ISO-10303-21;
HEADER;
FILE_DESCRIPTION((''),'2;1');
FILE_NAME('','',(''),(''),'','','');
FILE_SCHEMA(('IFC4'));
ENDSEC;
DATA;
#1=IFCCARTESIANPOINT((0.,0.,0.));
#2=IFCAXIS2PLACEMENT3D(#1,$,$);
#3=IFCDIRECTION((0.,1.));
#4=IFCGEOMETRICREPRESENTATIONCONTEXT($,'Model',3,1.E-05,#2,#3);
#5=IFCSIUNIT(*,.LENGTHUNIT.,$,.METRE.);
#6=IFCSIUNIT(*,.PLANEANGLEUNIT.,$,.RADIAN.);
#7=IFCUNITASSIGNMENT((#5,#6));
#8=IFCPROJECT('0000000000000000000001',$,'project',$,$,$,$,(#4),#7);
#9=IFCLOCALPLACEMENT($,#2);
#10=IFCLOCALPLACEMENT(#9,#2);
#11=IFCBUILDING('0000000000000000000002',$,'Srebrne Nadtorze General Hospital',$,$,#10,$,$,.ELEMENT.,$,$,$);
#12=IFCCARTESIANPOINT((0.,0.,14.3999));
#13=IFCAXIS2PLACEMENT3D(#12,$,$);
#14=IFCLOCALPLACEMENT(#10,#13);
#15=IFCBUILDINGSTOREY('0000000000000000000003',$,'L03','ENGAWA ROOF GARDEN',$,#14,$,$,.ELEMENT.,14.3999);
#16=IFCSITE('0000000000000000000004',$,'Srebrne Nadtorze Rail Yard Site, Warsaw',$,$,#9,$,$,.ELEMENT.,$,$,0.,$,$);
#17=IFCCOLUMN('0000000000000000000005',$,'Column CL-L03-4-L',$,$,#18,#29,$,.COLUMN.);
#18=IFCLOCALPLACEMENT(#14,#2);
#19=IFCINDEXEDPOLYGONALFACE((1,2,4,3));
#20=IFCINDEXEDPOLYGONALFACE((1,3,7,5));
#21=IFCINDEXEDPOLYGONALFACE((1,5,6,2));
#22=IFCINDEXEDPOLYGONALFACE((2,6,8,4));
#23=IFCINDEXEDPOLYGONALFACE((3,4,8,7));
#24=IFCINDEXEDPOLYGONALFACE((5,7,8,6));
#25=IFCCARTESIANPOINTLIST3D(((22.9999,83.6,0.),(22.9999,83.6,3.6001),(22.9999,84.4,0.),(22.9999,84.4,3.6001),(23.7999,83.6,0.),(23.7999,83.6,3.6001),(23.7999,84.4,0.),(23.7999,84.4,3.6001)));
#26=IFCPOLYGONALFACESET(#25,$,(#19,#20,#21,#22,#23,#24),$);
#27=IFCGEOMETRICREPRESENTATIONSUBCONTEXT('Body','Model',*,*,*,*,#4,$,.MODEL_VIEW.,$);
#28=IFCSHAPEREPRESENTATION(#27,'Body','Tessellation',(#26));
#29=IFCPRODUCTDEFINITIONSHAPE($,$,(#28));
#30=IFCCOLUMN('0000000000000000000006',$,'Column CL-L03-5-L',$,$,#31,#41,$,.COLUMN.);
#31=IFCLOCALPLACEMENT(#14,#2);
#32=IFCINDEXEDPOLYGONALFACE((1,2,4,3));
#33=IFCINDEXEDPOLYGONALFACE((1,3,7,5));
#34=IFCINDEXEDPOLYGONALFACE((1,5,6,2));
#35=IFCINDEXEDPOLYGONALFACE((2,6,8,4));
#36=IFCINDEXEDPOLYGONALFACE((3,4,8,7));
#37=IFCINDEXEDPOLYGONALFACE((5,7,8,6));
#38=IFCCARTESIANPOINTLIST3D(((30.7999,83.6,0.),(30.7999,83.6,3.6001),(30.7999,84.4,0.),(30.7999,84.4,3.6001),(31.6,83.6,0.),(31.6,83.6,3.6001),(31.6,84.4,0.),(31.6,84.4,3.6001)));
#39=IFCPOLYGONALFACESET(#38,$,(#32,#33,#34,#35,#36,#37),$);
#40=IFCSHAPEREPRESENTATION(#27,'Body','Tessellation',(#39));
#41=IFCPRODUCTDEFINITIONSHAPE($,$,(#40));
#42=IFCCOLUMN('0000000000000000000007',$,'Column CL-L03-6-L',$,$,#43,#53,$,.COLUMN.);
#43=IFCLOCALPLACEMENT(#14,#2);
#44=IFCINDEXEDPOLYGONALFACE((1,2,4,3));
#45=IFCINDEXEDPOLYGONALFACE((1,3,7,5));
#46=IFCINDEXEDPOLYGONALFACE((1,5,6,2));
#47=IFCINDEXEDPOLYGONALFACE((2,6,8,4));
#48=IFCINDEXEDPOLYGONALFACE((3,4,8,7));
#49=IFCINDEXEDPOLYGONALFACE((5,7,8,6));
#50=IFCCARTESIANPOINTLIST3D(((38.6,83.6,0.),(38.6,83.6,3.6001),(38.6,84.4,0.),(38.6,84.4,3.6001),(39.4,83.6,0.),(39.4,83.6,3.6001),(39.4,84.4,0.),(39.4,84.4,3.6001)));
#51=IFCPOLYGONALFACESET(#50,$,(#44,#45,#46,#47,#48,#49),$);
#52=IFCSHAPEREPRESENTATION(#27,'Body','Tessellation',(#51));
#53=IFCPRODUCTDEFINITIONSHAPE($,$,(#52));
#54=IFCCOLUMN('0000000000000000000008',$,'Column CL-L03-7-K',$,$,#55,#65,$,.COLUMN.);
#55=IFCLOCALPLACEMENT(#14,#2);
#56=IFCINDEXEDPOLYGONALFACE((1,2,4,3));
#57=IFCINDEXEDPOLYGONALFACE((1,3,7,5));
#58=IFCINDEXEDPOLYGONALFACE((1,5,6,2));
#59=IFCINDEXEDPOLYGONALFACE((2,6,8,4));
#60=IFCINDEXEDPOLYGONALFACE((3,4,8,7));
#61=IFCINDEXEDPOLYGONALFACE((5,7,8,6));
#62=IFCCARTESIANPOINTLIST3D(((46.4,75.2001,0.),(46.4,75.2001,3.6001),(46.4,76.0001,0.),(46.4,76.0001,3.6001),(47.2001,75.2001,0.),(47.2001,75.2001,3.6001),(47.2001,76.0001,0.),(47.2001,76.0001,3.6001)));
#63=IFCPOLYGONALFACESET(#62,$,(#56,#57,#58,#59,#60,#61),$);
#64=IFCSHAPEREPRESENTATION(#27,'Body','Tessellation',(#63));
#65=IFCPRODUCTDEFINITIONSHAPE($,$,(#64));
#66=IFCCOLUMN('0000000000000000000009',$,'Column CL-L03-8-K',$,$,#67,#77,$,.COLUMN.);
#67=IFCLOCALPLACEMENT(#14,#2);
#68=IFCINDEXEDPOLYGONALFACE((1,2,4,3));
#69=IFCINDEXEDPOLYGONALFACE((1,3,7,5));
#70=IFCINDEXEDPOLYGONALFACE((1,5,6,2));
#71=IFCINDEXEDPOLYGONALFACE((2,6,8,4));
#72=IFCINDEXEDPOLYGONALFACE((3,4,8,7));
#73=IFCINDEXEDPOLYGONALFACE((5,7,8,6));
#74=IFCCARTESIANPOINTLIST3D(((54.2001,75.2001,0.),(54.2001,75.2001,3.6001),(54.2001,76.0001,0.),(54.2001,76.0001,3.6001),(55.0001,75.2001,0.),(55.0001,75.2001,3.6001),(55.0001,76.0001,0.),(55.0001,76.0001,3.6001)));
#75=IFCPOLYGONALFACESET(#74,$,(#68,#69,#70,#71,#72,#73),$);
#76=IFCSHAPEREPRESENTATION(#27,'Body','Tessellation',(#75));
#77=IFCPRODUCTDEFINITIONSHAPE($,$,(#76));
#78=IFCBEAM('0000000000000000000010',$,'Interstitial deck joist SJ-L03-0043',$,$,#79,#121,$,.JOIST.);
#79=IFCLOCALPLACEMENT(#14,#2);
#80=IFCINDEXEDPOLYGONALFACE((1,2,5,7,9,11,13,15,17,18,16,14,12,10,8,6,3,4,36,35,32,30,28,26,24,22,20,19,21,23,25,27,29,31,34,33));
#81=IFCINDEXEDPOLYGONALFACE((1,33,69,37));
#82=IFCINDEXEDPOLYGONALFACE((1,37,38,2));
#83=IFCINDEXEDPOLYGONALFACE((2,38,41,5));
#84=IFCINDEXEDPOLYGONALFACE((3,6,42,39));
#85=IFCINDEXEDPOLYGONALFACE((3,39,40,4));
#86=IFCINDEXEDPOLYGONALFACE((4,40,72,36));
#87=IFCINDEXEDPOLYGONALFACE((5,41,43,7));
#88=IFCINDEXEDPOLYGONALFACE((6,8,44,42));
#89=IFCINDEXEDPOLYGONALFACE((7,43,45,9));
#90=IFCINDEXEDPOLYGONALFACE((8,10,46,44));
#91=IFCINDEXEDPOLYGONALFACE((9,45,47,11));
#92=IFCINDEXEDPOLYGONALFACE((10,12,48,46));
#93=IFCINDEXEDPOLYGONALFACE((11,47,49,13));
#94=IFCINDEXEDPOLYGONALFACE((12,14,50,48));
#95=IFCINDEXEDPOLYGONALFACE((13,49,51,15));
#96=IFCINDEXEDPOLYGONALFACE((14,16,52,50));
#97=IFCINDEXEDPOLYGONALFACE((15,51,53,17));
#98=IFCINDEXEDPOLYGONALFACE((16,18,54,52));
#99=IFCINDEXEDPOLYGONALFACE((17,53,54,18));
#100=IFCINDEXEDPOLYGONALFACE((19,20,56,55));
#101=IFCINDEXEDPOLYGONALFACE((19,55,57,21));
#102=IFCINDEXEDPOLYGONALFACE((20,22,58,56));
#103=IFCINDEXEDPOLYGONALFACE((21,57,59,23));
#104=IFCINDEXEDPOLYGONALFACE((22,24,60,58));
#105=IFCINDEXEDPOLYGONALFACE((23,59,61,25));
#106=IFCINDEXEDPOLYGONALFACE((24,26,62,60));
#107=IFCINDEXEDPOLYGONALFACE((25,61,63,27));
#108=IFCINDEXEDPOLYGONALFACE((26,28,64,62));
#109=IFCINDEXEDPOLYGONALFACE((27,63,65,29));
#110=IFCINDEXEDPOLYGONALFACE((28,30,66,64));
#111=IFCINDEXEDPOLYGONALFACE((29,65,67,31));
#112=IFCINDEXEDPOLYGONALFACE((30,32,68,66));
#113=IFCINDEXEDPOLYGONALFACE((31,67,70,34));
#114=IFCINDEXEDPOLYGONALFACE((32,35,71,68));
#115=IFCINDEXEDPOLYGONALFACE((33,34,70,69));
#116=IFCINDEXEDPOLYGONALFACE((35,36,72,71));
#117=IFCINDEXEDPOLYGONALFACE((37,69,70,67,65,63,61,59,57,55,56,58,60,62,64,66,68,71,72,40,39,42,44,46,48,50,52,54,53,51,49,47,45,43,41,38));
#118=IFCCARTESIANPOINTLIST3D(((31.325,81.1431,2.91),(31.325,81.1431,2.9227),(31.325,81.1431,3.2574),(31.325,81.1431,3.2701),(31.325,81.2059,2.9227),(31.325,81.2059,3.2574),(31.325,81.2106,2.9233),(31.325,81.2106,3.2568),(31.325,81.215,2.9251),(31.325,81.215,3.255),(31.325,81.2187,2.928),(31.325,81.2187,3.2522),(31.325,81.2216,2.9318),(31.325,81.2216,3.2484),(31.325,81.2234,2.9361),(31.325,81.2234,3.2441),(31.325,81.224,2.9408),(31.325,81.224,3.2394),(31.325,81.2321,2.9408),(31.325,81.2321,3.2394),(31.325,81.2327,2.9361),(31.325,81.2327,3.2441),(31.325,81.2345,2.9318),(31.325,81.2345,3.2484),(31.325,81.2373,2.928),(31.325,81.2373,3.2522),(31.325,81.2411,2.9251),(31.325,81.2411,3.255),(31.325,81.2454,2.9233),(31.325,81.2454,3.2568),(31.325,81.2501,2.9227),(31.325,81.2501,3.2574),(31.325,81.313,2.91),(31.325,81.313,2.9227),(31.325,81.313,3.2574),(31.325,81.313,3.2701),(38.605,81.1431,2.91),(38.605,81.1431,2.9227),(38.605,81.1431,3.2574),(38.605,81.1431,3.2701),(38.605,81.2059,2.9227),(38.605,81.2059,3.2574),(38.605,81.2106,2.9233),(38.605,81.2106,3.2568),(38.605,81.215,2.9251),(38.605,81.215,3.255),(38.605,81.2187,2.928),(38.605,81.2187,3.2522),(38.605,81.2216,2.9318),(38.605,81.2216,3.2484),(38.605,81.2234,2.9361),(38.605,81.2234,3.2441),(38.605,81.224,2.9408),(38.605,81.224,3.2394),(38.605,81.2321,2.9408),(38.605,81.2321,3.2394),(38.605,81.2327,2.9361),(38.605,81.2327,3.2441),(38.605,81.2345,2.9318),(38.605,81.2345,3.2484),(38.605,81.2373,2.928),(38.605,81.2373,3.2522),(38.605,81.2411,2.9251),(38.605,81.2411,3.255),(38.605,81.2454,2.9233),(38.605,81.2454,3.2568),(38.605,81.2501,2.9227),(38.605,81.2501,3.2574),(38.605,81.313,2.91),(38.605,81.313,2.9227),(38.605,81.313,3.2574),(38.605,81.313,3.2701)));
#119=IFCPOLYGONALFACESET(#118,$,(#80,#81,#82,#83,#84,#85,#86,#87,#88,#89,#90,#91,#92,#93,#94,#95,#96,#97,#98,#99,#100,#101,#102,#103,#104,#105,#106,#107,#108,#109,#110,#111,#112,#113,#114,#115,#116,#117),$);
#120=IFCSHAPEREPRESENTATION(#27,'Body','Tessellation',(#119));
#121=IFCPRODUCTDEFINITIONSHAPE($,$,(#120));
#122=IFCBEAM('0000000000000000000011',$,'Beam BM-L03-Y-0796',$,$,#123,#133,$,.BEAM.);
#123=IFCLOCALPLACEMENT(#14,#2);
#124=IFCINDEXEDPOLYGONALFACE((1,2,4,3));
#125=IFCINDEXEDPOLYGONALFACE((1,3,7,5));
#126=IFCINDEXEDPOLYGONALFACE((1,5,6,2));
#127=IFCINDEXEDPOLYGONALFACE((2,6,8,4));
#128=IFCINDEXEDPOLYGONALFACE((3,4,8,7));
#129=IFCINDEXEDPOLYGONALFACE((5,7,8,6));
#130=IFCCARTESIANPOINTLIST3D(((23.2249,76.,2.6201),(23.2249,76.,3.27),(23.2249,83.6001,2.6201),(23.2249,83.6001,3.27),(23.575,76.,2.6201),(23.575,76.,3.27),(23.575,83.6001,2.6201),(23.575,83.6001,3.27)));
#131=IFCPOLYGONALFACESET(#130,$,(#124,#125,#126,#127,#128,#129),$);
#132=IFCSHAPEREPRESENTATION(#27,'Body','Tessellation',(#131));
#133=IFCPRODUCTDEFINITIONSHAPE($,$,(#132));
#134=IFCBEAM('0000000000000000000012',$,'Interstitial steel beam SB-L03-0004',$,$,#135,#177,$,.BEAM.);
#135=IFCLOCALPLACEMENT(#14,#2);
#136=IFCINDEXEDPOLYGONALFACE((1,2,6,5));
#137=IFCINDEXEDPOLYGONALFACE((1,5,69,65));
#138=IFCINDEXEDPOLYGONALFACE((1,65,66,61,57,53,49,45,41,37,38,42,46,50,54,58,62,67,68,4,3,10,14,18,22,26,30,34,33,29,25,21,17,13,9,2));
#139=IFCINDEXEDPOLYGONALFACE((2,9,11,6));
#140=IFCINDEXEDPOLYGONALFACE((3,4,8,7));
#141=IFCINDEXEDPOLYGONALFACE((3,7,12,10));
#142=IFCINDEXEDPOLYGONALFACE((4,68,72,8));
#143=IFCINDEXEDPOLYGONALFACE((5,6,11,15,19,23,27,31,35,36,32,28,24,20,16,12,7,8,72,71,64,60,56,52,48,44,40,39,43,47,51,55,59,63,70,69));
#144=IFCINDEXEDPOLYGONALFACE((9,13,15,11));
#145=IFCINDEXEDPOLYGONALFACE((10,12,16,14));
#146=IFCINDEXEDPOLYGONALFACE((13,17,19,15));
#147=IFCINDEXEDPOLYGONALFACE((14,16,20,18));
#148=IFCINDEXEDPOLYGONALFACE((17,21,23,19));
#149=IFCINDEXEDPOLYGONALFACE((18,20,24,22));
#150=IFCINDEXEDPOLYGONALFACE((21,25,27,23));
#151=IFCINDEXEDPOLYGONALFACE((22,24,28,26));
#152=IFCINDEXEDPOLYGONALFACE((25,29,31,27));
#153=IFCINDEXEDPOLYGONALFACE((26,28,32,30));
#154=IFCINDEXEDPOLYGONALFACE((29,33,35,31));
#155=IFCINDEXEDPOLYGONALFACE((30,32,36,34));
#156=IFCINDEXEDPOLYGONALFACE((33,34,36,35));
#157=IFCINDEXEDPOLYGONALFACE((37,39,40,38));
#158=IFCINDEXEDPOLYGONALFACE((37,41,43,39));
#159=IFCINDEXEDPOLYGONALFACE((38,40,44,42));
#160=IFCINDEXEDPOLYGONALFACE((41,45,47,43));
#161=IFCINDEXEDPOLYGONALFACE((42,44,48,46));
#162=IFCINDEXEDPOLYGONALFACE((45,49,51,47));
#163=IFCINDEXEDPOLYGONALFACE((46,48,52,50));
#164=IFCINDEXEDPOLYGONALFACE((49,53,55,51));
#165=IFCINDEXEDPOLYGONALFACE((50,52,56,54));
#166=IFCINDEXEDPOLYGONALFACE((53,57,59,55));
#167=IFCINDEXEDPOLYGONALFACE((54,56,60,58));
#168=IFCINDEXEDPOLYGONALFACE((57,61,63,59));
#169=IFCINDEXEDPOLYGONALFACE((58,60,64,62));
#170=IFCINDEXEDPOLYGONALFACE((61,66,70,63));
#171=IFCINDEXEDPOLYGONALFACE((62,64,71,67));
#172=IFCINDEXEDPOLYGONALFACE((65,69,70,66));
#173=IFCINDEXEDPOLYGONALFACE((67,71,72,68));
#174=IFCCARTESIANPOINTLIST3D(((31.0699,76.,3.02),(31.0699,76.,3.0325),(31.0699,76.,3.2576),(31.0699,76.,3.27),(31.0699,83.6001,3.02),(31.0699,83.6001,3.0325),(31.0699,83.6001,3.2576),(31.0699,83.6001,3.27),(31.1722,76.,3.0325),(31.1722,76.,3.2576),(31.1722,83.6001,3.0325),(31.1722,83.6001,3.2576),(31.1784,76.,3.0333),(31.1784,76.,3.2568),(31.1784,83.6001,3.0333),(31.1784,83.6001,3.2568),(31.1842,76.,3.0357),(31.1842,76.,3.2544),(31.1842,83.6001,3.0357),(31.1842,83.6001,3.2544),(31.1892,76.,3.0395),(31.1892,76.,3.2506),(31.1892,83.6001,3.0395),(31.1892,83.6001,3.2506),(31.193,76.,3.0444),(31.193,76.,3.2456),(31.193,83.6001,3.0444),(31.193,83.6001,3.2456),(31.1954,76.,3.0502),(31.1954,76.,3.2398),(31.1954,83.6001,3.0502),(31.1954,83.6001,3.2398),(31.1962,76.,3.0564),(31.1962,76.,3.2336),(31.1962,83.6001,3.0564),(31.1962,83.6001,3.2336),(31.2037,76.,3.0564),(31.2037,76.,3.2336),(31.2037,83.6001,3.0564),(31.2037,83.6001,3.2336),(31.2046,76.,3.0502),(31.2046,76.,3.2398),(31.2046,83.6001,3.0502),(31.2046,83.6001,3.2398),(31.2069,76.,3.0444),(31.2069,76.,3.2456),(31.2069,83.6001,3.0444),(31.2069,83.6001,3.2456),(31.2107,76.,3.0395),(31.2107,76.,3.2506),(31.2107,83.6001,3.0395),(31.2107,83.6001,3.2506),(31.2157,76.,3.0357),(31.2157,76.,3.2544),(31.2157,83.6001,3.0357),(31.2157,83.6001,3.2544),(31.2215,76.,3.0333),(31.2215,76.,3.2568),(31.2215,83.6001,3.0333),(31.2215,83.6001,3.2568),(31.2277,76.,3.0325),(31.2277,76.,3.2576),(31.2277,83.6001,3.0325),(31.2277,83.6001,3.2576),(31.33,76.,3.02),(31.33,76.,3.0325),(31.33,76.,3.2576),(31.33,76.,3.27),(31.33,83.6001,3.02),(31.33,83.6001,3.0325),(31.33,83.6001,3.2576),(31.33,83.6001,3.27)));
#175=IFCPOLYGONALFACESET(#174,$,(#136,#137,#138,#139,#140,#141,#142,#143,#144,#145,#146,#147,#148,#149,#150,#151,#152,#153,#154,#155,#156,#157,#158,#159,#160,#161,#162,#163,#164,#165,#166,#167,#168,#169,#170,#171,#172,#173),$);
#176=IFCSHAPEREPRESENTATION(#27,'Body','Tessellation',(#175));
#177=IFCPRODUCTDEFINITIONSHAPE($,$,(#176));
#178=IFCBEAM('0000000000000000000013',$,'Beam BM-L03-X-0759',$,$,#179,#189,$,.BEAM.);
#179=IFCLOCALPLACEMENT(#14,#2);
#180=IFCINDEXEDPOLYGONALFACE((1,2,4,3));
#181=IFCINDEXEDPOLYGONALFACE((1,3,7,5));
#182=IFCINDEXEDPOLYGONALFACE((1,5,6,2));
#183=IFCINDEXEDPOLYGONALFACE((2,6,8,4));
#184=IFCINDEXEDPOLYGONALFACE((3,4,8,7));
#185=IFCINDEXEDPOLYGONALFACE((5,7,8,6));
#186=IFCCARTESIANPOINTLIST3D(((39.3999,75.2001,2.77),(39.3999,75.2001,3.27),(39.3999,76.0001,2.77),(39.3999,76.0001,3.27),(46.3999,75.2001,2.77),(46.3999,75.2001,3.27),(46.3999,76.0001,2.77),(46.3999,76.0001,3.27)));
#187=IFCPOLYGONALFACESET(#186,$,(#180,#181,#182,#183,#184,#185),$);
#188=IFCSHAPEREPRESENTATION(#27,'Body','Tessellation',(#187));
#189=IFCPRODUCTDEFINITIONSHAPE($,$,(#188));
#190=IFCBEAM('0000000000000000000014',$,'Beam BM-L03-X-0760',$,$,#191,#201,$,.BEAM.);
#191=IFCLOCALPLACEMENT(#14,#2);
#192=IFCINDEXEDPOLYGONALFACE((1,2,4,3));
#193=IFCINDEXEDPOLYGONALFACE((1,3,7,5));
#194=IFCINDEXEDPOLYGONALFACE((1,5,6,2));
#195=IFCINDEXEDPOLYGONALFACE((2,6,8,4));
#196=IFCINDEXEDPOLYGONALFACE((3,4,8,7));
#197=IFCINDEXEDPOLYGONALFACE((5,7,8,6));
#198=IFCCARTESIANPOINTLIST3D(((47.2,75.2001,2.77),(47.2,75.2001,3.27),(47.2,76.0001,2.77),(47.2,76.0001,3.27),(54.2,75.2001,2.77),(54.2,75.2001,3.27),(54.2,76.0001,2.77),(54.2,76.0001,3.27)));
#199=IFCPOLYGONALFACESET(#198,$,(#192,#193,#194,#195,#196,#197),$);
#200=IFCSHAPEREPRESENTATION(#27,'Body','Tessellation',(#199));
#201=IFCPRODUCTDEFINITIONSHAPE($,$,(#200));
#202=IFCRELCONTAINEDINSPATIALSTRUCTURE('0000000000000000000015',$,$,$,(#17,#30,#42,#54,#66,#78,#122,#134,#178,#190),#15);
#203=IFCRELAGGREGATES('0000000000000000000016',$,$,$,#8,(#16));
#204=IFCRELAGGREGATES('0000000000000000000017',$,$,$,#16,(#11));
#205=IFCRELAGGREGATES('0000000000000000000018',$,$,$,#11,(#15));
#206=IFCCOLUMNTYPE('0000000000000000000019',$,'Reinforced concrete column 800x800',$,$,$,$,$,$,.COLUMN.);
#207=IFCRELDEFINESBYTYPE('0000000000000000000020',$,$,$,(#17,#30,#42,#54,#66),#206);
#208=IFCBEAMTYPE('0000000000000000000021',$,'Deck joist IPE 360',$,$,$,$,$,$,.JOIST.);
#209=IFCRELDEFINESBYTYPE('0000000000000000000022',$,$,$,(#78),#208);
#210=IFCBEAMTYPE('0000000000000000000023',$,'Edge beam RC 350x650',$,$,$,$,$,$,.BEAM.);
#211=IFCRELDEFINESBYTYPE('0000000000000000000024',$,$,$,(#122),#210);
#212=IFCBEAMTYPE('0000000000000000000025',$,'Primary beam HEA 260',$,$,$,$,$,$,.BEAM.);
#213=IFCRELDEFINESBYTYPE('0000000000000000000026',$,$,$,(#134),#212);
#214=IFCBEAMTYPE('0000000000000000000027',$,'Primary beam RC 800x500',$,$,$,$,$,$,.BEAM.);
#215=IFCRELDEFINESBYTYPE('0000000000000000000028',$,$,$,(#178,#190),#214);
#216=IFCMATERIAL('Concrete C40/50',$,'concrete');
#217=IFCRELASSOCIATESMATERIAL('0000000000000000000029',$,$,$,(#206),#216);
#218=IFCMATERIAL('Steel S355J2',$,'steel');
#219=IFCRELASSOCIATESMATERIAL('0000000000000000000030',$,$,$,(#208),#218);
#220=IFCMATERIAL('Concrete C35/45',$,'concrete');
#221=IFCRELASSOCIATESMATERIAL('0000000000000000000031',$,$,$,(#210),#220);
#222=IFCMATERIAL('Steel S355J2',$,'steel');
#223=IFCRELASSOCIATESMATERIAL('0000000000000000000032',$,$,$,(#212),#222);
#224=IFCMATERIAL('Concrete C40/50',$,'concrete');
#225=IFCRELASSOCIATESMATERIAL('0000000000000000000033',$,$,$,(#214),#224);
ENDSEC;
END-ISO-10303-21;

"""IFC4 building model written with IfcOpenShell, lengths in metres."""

from ifc_helpers import new_model, si_unit, direction, frame, origin, origin_2d, place, context, subcontext, project, spatial, rectangle, i_section, extrude, material, material_profile, profile_set, type_object, element, save


model = new_model("IFC4")

# Units and contexts
model_context = context("Model", 3, precision=1e-05, world=origin(), true_north=direction((0.0, 1.0)))
body_context = subcontext(model_context, "Body", "Model", "MODEL_VIEW")
ifc_project = project(units=[si_unit("LENGTHUNIT", "METRE"), si_unit("PLANEANGLEUNIT", "RADIAN")], contexts=[model_context])

# Site, building, storey
site_placement = place(None, origin())
site = spatial("IfcSite", under=ifc_project, at=site_placement, Name="Srebrne Nadtorze Rail Yard Site, Warsaw", CompositionType="ELEMENT", RefElevation=0.0)
building_placement = place(site_placement, origin())
building = spatial("IfcBuilding", under=site, at=building_placement, Name="Srebrne Nadtorze General Hospital", CompositionType="ELEMENT")
storey_placement = place(building_placement, frame((0.0, 0.0, 14.3999)))
storey = spatial("IfcBuildingStorey", under=building, at=storey_placement, Name="L03", Description="ENGAWA ROOF GARDEN", CompositionType="ELEMENT", Elevation=14.3999)

# Columns
ifc_material_1 = material(Name="Concrete C40/50", Category="concrete")
ifc_material_profile_1 = material_profile(ifc_material_1, rectangle(XDim=0.8, YDim=0.8, at=origin_2d()), Name="RC-COL-800x800")
ifc_profile_set_1 = profile_set([ifc_material_profile_1], Name="Concrete C40/50")
column_type = type_object("IfcColumnType", Name="Reinforced concrete column 800x800", PredefinedType="COLUMN", material=ifc_profile_set_1)
for number, where, z_axis, x_axis, name in (
    (1, (23.3999, 84.0, 0.0), (0.0, 0.0, 1.0), (1.0, 0.0, 0.0), "Column CL-L03-4-L"),
    (2, (31.2, 84.0, 0.0), (0.0, 0.0, 1.0), (1.0, 0.0, 0.0), "Column CL-L03-5-L"),
    (3, (39.0, 84.0, 0.0), (0.0, 0.0, 1.0), (1.0, 0.0, 0.0), "Column CL-L03-6-L"),
    (4, (46.8, 75.6001, 0.0), (0.0, 0.0, 1.0), (1.0, 0.0, 0.0), "Column CL-L03-7-K"),
    (5, (54.6001, 75.6001, 0.0), (0.0, 0.0, 1.0), (1.0, 0.0, 0.0), "Column CL-L03-8-K"),
):
    element("IfcColumn", number, at=place(storey_placement, frame(where, z_axis=z_axis, x_axis=x_axis)), inside=storey, type_object=column_type, Name=name, PredefinedType="COLUMN", context=body_context, shape_type="SweptSolid", body=[
        extrude(rectangle(XDim=0.8, YDim=0.8, at=origin_2d()), origin(), (0.0, 0.0, 1.0), 3.6001),
    ])

# Beams
ifc_material_2 = material(Name="Steel S355J2", Category="steel")
ifc_material_profile_2 = material_profile(ifc_material_2, i_section(OverallWidth=0.1699, OverallDepth=0.3601, WebThickness=0.0081, FlangeThickness=0.0127, FilletRadius=0.0181, at=origin_2d()), Name="IPE-360")
ifc_profile_set_2 = profile_set([ifc_material_profile_2], Name="Steel S355J2")
beam_type_1 = type_object("IfcBeamType", Name="Deck joist IPE 360", PredefinedType="JOIST", material=ifc_profile_set_2)
beam_1_placement = place(storey_placement, frame((31.325, 81.228, 3.0901), z_axis=(1.0, 0.0, 0.0), x_axis=(0.0, 1.0, 0.0)))
element("IfcBeam", 6, at=beam_1_placement, inside=storey, type_object=beam_type_1, Name="Interstitial deck joist SJ-L03-0043", PredefinedType="JOIST", context=body_context, shape_type="SweptSolid", body=[
    extrude(i_section(OverallWidth=0.1699, OverallDepth=0.3601, WebThickness=0.0081, FlangeThickness=0.0127, FilletRadius=0.0181, at=origin_2d()), origin(), (0.0, 0.0, 1.0), 7.28),
])
ifc_material_3 = material(Name="Concrete C35/45", Category="concrete")
ifc_material_profile_3 = material_profile(ifc_material_3, rectangle(XDim=0.3501, YDim=0.6499, at=origin_2d()), Name="RC-BM-350x650")
ifc_profile_set_3 = profile_set([ifc_material_profile_3], Name="Concrete C35/45")
beam_type_2 = type_object("IfcBeamType", Name="Edge beam RC 350x650", PredefinedType="BEAM", material=ifc_profile_set_3)
beam_2_placement = place(storey_placement, frame((23.3999, 76.0, 2.9451), z_axis=(0.0, 1.0, 0.0), x_axis=(-1.0, 0.0, 0.0)))
element("IfcBeam", 7, at=beam_2_placement, inside=storey, type_object=beam_type_2, Name="Beam BM-L03-Y-0796", PredefinedType="BEAM", context=body_context, shape_type="SweptSolid", body=[
    extrude(rectangle(XDim=0.3501, YDim=0.6499, at=origin_2d()), origin(), (0.0, 0.0, 1.0), 7.6001),
])
ifc_material_4 = material(Name="Steel S355J2", Category="steel")
ifc_material_profile_4 = material_profile(ifc_material_4, i_section(OverallWidth=0.26, OverallDepth=0.25, WebThickness=0.0076, FlangeThickness=0.0125, FilletRadius=0.0239, at=origin_2d()), Name="HEA-260")
ifc_profile_set_4 = profile_set([ifc_material_profile_4], Name="Steel S355J2")
beam_type_3 = type_object("IfcBeamType", Name="Primary beam HEA 260", PredefinedType="BEAM", material=ifc_profile_set_4)
beam_3_placement = place(storey_placement, frame((31.2, 76.0, 3.145), z_axis=(0.0, 1.0, 0.0), x_axis=(-1.0, 0.0, 0.0)))
element("IfcBeam", 8, at=beam_3_placement, inside=storey, type_object=beam_type_3, Name="Interstitial steel beam SB-L03-0004", PredefinedType="BEAM", context=body_context, shape_type="SweptSolid", body=[
    extrude(i_section(OverallWidth=0.26, OverallDepth=0.25, WebThickness=0.0076, FlangeThickness=0.0125, FilletRadius=0.0239, at=origin_2d()), origin(), (0.0, 0.0, 1.0), 7.6001),
])
ifc_material_5 = material(Name="Concrete C40/50", Category="concrete")
ifc_material_profile_5 = material_profile(ifc_material_5, rectangle(XDim=0.8, YDim=0.5, at=origin_2d()), Name="RC-BM-800x500")
ifc_profile_set_5 = profile_set([ifc_material_profile_5], Name="Concrete C40/50")
beam_type_4 = type_object("IfcBeamType", Name="Primary beam RC 800x500", PredefinedType="BEAM", material=ifc_profile_set_5)
for number, where, z_axis, x_axis, name in (
    (9, (39.3999, 75.6001, 3.02), (1.0, 0.0, 0.0), (0.0, 1.0, 0.0), "Beam BM-L03-X-0759"),
    (10, (47.2, 75.6001, 3.02), (1.0, 0.0, 0.0), (0.0, 1.0, 0.0), "Beam BM-L03-X-0760"),
):
    element("IfcBeam", number, at=place(storey_placement, frame(where, z_axis=z_axis, x_axis=x_axis)), inside=storey, type_object=beam_type_4, Name=name, PredefinedType="BEAM", context=body_context, shape_type="SweptSolid", body=[
        extrude(rectangle(XDim=0.8, YDim=0.5, at=origin_2d()), origin(), (0.0, 0.0, 1.0), 7.0),
    ])

save(model, "model.ifc")
